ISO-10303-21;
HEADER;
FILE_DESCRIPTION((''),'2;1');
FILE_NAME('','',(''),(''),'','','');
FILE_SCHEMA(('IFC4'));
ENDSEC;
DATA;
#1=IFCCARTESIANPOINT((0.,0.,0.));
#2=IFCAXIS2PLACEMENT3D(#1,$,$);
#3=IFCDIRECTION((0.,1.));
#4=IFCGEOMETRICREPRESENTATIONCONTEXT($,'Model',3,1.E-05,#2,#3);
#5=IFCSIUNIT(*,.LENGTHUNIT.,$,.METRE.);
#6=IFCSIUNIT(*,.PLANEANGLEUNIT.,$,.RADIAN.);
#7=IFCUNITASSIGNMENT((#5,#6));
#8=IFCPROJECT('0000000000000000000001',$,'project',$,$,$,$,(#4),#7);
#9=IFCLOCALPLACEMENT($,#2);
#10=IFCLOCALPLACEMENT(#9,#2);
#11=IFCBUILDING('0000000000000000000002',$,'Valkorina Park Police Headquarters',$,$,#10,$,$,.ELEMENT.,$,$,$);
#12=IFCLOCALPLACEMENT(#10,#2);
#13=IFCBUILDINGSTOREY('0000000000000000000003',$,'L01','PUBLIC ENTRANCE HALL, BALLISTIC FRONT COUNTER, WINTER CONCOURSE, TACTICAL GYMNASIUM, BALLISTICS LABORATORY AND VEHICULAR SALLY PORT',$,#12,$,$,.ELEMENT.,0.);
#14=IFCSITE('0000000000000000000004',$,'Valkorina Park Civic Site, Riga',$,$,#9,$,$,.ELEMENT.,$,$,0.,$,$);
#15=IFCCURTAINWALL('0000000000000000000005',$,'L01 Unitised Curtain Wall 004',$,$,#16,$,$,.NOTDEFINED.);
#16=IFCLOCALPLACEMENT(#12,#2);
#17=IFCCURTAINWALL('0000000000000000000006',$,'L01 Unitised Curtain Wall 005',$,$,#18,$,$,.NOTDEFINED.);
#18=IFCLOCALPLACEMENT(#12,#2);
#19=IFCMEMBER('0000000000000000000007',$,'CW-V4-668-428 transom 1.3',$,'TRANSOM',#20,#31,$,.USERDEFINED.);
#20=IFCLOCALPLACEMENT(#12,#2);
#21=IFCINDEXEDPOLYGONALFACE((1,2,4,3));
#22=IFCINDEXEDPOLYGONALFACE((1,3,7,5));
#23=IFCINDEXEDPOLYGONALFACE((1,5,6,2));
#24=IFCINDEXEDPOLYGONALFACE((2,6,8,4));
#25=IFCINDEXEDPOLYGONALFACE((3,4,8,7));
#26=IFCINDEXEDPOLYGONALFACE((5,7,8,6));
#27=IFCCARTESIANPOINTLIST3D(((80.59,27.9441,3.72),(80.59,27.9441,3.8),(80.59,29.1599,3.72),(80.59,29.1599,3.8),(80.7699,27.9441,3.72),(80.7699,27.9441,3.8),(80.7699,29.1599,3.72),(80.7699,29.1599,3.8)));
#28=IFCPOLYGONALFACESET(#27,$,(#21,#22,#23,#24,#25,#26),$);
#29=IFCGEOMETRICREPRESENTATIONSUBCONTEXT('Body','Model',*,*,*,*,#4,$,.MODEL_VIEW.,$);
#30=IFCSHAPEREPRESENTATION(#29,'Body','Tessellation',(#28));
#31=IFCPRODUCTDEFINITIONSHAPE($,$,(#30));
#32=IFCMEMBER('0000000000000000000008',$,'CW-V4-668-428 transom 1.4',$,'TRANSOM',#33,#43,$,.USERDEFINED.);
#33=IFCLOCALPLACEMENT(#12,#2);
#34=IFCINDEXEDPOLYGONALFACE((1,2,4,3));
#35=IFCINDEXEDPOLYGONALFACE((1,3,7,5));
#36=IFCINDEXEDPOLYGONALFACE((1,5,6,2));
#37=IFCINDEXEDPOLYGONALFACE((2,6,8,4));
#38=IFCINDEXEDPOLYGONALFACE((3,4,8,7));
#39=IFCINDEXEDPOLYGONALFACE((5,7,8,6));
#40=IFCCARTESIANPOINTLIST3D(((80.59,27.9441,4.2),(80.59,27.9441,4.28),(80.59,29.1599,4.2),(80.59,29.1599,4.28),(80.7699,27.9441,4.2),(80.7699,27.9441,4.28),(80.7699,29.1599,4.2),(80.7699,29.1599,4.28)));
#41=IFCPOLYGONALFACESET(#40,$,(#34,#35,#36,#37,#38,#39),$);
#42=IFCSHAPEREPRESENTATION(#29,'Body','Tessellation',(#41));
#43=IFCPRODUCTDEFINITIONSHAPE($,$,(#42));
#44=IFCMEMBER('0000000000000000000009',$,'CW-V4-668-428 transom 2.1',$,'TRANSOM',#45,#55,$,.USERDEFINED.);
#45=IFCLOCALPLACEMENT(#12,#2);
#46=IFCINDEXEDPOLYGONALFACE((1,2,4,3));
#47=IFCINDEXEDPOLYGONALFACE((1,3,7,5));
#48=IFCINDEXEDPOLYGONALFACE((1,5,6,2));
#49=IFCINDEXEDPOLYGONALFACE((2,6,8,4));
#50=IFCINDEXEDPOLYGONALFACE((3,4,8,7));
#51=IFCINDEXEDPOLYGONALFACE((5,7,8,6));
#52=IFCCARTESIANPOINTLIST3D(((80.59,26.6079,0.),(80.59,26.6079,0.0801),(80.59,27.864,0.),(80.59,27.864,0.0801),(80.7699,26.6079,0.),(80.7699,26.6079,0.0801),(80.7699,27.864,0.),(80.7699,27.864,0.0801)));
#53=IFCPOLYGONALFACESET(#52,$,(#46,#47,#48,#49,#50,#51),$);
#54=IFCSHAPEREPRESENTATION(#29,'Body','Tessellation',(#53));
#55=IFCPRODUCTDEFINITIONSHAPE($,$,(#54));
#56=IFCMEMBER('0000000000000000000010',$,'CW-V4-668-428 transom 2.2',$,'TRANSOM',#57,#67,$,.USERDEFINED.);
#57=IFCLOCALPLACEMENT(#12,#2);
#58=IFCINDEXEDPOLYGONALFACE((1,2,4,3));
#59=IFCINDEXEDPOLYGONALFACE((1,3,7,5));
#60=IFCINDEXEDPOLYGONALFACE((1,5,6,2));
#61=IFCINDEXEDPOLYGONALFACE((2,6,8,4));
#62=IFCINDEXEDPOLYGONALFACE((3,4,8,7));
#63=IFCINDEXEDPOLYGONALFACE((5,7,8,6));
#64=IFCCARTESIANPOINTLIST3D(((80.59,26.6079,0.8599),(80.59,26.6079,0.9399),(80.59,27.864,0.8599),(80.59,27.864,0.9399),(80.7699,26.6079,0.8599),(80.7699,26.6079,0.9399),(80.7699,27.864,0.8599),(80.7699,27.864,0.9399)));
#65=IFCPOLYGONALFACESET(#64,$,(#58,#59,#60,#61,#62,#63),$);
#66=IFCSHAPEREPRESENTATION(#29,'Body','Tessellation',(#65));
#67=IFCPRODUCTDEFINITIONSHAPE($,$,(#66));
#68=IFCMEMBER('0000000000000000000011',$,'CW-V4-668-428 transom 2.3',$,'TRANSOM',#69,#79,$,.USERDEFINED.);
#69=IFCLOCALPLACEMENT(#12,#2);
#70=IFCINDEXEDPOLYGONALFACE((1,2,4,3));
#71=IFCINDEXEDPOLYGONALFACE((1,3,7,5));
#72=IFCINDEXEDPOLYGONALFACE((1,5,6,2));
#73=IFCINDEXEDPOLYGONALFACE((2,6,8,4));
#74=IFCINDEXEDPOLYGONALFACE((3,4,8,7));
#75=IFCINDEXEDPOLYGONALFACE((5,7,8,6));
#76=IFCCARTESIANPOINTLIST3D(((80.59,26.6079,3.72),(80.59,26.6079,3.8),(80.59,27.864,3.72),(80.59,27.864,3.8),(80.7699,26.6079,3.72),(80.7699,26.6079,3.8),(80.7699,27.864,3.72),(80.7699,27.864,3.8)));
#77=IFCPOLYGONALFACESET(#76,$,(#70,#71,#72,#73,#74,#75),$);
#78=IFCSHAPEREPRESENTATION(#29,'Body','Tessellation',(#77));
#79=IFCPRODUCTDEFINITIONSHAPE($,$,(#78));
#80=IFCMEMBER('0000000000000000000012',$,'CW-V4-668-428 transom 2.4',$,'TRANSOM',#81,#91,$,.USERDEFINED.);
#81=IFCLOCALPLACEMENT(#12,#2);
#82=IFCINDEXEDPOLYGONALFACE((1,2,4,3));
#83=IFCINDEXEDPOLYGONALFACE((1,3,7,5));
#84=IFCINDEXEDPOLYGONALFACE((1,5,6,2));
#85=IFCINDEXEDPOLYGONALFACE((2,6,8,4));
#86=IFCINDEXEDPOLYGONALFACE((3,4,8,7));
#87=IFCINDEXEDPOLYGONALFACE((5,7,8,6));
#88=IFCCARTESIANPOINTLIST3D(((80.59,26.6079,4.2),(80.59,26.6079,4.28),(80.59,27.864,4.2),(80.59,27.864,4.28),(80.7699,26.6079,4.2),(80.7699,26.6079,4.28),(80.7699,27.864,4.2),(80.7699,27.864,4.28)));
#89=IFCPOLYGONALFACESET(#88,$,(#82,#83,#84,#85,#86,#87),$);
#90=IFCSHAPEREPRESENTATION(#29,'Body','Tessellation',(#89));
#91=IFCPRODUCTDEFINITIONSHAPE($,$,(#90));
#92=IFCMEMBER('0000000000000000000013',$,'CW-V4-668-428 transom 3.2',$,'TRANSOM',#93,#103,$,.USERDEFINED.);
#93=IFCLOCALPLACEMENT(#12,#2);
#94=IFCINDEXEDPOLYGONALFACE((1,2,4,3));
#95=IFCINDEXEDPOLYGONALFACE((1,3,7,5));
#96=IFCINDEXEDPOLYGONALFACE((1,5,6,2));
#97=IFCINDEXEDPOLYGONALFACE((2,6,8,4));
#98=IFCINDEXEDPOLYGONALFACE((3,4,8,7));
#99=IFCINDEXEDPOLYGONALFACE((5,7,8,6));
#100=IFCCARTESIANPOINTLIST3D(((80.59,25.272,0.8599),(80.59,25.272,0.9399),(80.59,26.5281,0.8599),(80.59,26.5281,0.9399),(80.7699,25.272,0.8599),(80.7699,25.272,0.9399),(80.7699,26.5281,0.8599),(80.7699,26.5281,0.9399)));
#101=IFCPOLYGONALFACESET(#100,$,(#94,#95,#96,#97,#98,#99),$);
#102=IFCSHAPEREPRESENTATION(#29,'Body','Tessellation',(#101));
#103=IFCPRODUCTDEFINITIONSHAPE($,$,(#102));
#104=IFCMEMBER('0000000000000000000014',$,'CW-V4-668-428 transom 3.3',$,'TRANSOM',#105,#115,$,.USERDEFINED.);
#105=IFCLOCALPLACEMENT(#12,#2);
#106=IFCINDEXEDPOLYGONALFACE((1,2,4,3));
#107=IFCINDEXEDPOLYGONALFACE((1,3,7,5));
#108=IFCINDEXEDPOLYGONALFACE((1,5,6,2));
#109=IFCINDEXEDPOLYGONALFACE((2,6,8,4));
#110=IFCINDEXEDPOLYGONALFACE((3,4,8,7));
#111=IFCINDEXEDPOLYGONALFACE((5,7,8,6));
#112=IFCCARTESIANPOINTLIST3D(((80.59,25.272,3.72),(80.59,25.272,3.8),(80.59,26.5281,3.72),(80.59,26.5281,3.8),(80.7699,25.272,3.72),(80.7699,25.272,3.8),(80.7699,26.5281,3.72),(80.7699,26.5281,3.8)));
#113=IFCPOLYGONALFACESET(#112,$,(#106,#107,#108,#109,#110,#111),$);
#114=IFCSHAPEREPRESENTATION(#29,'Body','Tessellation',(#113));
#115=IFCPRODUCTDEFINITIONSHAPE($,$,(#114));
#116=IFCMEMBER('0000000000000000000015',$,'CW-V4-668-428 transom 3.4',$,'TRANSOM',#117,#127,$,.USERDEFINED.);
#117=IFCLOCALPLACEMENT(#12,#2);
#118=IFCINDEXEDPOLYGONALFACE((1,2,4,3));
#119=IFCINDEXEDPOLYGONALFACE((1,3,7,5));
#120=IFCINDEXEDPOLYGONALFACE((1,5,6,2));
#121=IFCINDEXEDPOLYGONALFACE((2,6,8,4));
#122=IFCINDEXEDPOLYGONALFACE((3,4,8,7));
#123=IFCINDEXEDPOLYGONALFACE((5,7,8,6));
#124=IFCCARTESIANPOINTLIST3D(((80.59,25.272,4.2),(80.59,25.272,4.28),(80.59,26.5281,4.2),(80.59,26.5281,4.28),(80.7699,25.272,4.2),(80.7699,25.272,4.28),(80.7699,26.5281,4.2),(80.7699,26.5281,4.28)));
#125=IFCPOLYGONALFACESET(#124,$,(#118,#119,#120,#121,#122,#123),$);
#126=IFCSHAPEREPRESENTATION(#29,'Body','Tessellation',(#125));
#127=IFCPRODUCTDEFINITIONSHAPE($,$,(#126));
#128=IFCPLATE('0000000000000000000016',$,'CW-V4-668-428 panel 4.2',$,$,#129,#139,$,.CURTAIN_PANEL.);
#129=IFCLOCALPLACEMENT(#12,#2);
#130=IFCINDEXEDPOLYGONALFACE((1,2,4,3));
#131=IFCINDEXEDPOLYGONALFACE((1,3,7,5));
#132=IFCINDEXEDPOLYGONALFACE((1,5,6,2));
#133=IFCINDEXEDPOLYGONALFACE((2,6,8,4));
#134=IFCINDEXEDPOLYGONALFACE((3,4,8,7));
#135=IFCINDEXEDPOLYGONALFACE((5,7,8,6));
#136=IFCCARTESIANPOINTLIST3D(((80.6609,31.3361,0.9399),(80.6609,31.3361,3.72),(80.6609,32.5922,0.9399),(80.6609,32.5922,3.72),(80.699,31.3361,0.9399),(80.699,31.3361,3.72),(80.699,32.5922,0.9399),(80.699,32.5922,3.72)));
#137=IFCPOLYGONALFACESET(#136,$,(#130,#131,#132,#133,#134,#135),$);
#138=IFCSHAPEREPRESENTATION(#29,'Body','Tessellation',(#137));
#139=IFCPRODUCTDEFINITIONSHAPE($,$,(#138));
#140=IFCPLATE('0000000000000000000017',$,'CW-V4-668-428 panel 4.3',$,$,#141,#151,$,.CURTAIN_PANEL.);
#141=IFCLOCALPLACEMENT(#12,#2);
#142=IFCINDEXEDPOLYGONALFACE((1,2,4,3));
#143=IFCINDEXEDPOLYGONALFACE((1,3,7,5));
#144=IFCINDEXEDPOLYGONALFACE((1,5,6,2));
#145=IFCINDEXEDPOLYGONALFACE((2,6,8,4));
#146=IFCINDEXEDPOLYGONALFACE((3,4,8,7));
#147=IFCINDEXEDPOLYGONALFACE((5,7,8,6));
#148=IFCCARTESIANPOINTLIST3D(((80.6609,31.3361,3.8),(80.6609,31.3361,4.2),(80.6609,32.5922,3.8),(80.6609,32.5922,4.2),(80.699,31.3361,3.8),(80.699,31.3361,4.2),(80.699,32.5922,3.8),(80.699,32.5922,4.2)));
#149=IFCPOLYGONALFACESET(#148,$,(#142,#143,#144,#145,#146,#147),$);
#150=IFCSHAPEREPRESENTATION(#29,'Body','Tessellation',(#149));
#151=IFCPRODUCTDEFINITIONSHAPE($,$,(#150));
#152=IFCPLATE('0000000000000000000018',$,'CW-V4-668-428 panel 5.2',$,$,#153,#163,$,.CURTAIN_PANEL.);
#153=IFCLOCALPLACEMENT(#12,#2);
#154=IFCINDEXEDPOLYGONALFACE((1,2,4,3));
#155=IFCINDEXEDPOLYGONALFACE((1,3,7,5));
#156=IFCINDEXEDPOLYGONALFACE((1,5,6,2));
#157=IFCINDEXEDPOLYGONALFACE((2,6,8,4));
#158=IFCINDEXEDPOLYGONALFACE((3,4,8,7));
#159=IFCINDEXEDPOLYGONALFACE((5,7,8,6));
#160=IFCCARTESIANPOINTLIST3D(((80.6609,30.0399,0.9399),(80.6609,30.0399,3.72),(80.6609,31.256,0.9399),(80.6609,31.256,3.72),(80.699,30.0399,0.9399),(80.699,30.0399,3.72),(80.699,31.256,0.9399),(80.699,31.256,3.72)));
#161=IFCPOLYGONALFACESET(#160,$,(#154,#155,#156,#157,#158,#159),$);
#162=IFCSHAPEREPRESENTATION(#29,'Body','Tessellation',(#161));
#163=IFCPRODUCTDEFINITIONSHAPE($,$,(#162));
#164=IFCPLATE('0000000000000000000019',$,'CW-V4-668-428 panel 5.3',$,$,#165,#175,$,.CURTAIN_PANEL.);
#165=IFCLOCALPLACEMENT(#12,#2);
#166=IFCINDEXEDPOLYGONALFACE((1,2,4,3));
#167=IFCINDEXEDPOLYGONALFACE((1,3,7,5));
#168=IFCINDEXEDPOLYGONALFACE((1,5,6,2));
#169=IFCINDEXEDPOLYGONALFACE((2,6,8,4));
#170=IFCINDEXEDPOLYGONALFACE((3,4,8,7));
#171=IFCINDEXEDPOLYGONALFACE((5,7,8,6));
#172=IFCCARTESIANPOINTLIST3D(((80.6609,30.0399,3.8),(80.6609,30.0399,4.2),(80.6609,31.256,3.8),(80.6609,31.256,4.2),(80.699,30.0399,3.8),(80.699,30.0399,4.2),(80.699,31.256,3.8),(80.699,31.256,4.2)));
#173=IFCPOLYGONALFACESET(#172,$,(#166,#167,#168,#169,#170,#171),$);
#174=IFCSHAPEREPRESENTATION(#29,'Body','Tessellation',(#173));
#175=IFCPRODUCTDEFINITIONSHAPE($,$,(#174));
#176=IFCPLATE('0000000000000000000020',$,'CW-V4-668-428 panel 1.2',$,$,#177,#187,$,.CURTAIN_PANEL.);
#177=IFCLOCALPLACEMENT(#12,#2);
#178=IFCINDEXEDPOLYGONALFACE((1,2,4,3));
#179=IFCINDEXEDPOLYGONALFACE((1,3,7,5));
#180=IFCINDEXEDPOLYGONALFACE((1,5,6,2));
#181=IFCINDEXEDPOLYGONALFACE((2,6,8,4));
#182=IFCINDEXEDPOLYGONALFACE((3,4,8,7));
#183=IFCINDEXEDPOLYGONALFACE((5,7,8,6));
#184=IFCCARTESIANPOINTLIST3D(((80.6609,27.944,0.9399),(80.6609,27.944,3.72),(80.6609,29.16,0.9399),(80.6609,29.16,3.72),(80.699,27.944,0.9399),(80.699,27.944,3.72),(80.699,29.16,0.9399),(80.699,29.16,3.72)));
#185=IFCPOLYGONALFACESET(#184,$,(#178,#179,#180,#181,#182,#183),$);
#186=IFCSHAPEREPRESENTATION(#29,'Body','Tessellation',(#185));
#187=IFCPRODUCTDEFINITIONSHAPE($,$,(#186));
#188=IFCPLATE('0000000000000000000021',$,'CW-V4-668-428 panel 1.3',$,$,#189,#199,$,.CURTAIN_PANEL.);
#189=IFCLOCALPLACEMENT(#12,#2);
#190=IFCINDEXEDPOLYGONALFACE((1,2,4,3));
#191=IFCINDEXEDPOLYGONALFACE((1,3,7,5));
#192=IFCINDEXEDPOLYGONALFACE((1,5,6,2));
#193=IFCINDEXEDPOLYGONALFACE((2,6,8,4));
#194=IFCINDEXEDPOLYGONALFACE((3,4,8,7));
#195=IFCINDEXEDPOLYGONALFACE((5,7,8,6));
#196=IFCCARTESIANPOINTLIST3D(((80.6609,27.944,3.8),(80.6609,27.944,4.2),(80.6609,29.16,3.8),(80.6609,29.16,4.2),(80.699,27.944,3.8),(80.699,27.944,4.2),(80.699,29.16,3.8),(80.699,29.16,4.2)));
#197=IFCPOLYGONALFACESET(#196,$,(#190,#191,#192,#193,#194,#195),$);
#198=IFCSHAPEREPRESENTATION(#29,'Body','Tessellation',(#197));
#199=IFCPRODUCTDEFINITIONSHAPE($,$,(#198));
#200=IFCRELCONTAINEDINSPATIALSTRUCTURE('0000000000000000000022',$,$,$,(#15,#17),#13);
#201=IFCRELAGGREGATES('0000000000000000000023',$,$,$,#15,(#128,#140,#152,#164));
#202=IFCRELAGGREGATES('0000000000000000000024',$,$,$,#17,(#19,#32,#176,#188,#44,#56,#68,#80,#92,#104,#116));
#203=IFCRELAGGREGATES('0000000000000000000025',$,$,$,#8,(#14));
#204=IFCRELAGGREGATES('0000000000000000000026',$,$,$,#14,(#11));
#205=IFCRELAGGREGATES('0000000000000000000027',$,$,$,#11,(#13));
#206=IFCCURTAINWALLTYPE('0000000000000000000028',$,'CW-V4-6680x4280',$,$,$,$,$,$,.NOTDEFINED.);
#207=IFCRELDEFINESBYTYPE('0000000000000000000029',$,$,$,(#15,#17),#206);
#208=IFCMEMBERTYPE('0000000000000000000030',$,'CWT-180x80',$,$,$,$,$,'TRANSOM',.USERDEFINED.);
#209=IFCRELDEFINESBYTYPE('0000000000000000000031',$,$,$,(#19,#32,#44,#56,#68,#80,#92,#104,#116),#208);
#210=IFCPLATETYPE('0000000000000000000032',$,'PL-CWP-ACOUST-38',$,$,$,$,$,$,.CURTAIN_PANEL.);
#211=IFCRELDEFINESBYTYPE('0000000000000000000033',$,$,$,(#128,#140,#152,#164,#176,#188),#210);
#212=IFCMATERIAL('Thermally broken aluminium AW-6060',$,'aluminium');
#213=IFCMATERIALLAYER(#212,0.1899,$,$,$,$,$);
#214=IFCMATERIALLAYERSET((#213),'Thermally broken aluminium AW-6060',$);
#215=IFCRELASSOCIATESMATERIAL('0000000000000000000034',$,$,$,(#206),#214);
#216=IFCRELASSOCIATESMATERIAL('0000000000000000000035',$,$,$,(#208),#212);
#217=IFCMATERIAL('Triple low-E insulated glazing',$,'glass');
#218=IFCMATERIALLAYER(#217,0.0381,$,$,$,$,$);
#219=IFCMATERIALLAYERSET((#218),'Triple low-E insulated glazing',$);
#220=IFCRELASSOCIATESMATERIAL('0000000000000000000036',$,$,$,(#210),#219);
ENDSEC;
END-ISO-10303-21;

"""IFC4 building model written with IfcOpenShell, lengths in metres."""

from ifc_helpers import new_model, si_unit, direction, frame, origin, origin_2d, place, context, subcontext, project, spatial, rectangle, extrude, material, layer, layer_set, material_profile, profile_set, type_object, element, aggregate, save


model = new_model("IFC4")

# Units and contexts
model_context = context("Model", 3, precision=1e-05, world=origin(), true_north=direction((0.0, 1.0)))
body_context = subcontext(model_context, "Body", "Model", "MODEL_VIEW")
ifc_project = project(units=[si_unit("LENGTHUNIT", "METRE"), si_unit("PLANEANGLEUNIT", "RADIAN")], contexts=[model_context])

# Site, building, storey
site_placement = place(None, origin())
site = spatial("IfcSite", under=ifc_project, at=site_placement, Name="Valkorina Park Civic Site, Riga", CompositionType="ELEMENT", RefElevation=0.0)
building_placement = place(site_placement, origin())
building = spatial("IfcBuilding", under=site, at=building_placement, Name="Valkorina Park Police Headquarters", CompositionType="ELEMENT")
storey_placement = place(building_placement, origin())
storey = spatial("IfcBuildingStorey", under=building, at=storey_placement, Name="L01", Description="PUBLIC ENTRANCE HALL, BALLISTIC FRONT COUNTER, WINTER CONCOURSE, TACTICAL GYMNASIUM, BALLISTICS LABORATORY AND VEHICULAR SALLY PORT", CompositionType="ELEMENT", Elevation=0.0)

# Curtain walls
ifc_material_1 = material(Name="Thermally broken aluminium AW-6060", Category="aluminium")
ifc_layer_1 = layer(ifc_material_1, 0.1899)
ifc_layer_set_1 = layer_set([ifc_layer_1], Name="Thermally broken aluminium AW-6060")
curtain_wall_type = type_object("IfcCurtainWallType", Name="CW-V4-6680x4280", PredefinedType="NOTDEFINED", material=ifc_layer_set_1)
curtain_wall_1_placement = place(storey_placement, origin())
curtain_wall_1 = element("IfcCurtainWall", 1, at=curtain_wall_1_placement, inside=storey, type_object=curtain_wall_type, Name="L01 Unitised Curtain Wall 004", PredefinedType="NOTDEFINED")
curtain_wall_2_placement = place(storey_placement, origin())
curtain_wall_2 = element("IfcCurtainWall", 2, at=curtain_wall_2_placement, inside=storey, type_object=curtain_wall_type, Name="L01 Unitised Curtain Wall 005", PredefinedType="NOTDEFINED")

# Members
ifc_material_profile_1 = material_profile(ifc_material_1, rectangle(XDim=0.1799, YDim=0.0801, at=origin_2d()), Name="CWT-03 180x80")
ifc_profile_set_1 = profile_set([ifc_material_profile_1], Name="Thermally broken aluminium AW-6060")
member_type_1 = type_object("IfcMemberType", Name="CWT-180x80", ElementType="TRANSOM", PredefinedType="USERDEFINED", material=ifc_profile_set_1)
member_1_placement = place(storey_placement, frame((80.6799, 29.1599, 3.76), z_axis=(0.0, -1.0, 0.0), x_axis=(1.0, 0.0, 0.0)))
member_1 = element("IfcMember", 3, at=member_1_placement, type_object=member_type_1, Name="CW-V4-668-428 transom 1.3", ObjectType="TRANSOM", PredefinedType="USERDEFINED", context=body_context, shape_type="SweptSolid", body=[
    extrude(rectangle(XDim=0.1799, YDim=0.0801, at=origin_2d()), origin(), (0.0, 0.0, 1.0), 1.2158),
])
member_2_placement = place(storey_placement, frame((80.6799, 29.1599, 4.24), z_axis=(0.0, -1.0, 0.0), x_axis=(1.0, 0.0, 0.0)))
member_2 = element("IfcMember", 4, at=member_2_placement, type_object=member_type_1, Name="CW-V4-668-428 transom 1.4", ObjectType="TRANSOM", PredefinedType="USERDEFINED", context=body_context, shape_type="SweptSolid", body=[
    extrude(rectangle(XDim=0.1799, YDim=0.0801, at=origin_2d()), origin(), (0.0, 0.0, 1.0), 1.2158),
])
member_3_placement = place(storey_placement, frame((80.6799, 27.864, 0.04), z_axis=(0.0, -1.0, 0.0), x_axis=(1.0, 0.0, 0.0)))
member_3 = element("IfcMember", 5, at=member_3_placement, type_object=member_type_1, Name="CW-V4-668-428 transom 2.1", ObjectType="TRANSOM", PredefinedType="USERDEFINED", context=body_context, shape_type="SweptSolid", body=[
    extrude(rectangle(XDim=0.1799, YDim=0.0801, at=origin_2d()), origin(), (0.0, 0.0, 1.0), 1.2561),
])
member_4_placement = place(storey_placement, frame((80.6799, 27.864, 0.8999), z_axis=(0.0, -1.0, 0.0), x_axis=(1.0, 0.0, 0.0)))
member_4 = element("IfcMember", 6, at=member_4_placement, type_object=member_type_1, Name="CW-V4-668-428 transom 2.2", ObjectType="TRANSOM", PredefinedType="USERDEFINED", context=body_context, shape_type="SweptSolid", body=[
    extrude(rectangle(XDim=0.1799, YDim=0.0801, at=origin_2d()), origin(), (0.0, 0.0, 1.0), 1.2561),
])
member_5_placement = place(storey_placement, frame((80.6799, 27.864, 3.76), z_axis=(0.0, -1.0, 0.0), x_axis=(1.0, 0.0, 0.0)))
member_5 = element("IfcMember", 7, at=member_5_placement, type_object=member_type_1, Name="CW-V4-668-428 transom 2.3", ObjectType="TRANSOM", PredefinedType="USERDEFINED", context=body_context, shape_type="SweptSolid", body=[
    extrude(rectangle(XDim=0.1799, YDim=0.0801, at=origin_2d()), origin(), (0.0, 0.0, 1.0), 1.2561),
])
member_6_placement = place(storey_placement, frame((80.6799, 27.864, 4.24), z_axis=(0.0, -1.0, 0.0), x_axis=(1.0, 0.0, 0.0)))
member_6 = element("IfcMember", 8, at=member_6_placement, type_object=member_type_1, Name="CW-V4-668-428 transom 2.4", ObjectType="TRANSOM", PredefinedType="USERDEFINED", context=body_context, shape_type="SweptSolid", body=[
    extrude(rectangle(XDim=0.1799, YDim=0.0801, at=origin_2d()), origin(), (0.0, 0.0, 1.0), 1.2561),
])
member_7_placement = place(storey_placement, frame((80.6799, 26.5281, 0.8999), z_axis=(0.0, -1.0, 0.0), x_axis=(1.0, 0.0, 0.0)))
member_7 = element("IfcMember", 9, at=member_7_placement, type_object=member_type_1, Name="CW-V4-668-428 transom 3.2", ObjectType="TRANSOM", PredefinedType="USERDEFINED", context=body_context, shape_type="SweptSolid", body=[
    extrude(rectangle(XDim=0.1799, YDim=0.0801, at=origin_2d()), origin(), (0.0, 0.0, 1.0), 1.2561),
])
member_8_placement = place(storey_placement, frame((80.6799, 26.5281, 3.76), z_axis=(0.0, -1.0, 0.0), x_axis=(1.0, 0.0, 0.0)))
member_8 = element("IfcMember", 10, at=member_8_placement, type_object=member_type_1, Name="CW-V4-668-428 transom 3.3", ObjectType="TRANSOM", PredefinedType="USERDEFINED", context=body_context, shape_type="SweptSolid", body=[
    extrude(rectangle(XDim=0.1799, YDim=0.0801, at=origin_2d()), origin(), (0.0, 0.0, 1.0), 1.2561),
])
member_9_placement = place(storey_placement, frame((80.6799, 26.5281, 4.24), z_axis=(0.0, -1.0, 0.0), x_axis=(1.0, 0.0, 0.0)))
member_9 = element("IfcMember", 11, at=member_9_placement, type_object=member_type_1, Name="CW-V4-668-428 transom 3.4", ObjectType="TRANSOM", PredefinedType="USERDEFINED", context=body_context, shape_type="SweptSolid", body=[
    extrude(rectangle(XDim=0.1799, YDim=0.0801, at=origin_2d()), origin(), (0.0, 0.0, 1.0), 1.2561),
])

# Plates
ifc_material_2 = material(Name="Triple low-E insulated glazing", Category="glass")
ifc_layer_2 = layer(ifc_material_2, 0.0381)
ifc_layer_set_2 = layer_set([ifc_layer_2], Name="Triple low-E insulated glazing")
plate_type_1 = type_object("IfcPlateType", Name="PL-CWP-ACOUST-38", PredefinedType="CURTAIN_PANEL", material=ifc_layer_set_2)
plate_1_placement = place(storey_placement, frame((80.6799, 31.9641, 0.9399), z_axis=(0.0, 0.0, 1.0), x_axis=(0.0, -1.0, 0.0)))
plate_1 = element("IfcPlate", 12, at=plate_1_placement, type_object=plate_type_1, Name="CW-V4-668-428 panel 4.2", PredefinedType="CURTAIN_PANEL", context=body_context, shape_type="SweptSolid", body=[
    extrude(rectangle(XDim=1.2561, YDim=0.0381, at=origin_2d()), origin(), (0.0, 0.0, 1.0), 2.78),
])
plate_2_placement = place(storey_placement, frame((80.6799, 31.9641, 3.8), z_axis=(0.0, 0.0, 1.0), x_axis=(0.0, -1.0, 0.0)))
plate_2 = element("IfcPlate", 13, at=plate_2_placement, type_object=plate_type_1, Name="CW-V4-668-428 panel 4.3", PredefinedType="CURTAIN_PANEL", context=body_context, shape_type="SweptSolid", body=[
    extrude(rectangle(XDim=1.2561, YDim=0.0381, at=origin_2d()), origin(), (0.0, 0.0, 1.0), 0.3999),
])
plate_3_placement = place(storey_placement, frame((80.6799, 30.6479, 0.9399), z_axis=(0.0, 0.0, 1.0), x_axis=(0.0, -1.0, 0.0)))
plate_3 = element("IfcPlate", 14, at=plate_3_placement, type_object=plate_type_1, Name="CW-V4-668-428 panel 5.2", PredefinedType="CURTAIN_PANEL", context=body_context, shape_type="SweptSolid", body=[
    extrude(rectangle(XDim=1.2161, YDim=0.0381, at=origin_2d()), origin(), (0.0, 0.0, 1.0), 2.78),
])
plate_4_placement = place(storey_placement, frame((80.6799, 30.6479, 3.8), z_axis=(0.0, 0.0, 1.0), x_axis=(0.0, -1.0, 0.0)))
plate_4 = element("IfcPlate", 15, at=plate_4_placement, type_object=plate_type_1, Name="CW-V4-668-428 panel 5.3", PredefinedType="CURTAIN_PANEL", context=body_context, shape_type="SweptSolid", body=[
    extrude(rectangle(XDim=1.2161, YDim=0.0381, at=origin_2d()), origin(), (0.0, 0.0, 1.0), 0.3999),
])
plate_5_placement = place(storey_placement, frame((80.6799, 28.552, 0.9399), z_axis=(0.0, 0.0, 1.0), x_axis=(0.0, -1.0, 0.0)))
plate_5 = element("IfcPlate", 16, at=plate_5_placement, type_object=plate_type_1, Name="CW-V4-668-428 panel 1.2", PredefinedType="CURTAIN_PANEL", context=body_context, shape_type="SweptSolid", body=[
    extrude(rectangle(XDim=1.2161, YDim=0.0381, at=origin_2d()), origin(), (0.0, 0.0, 1.0), 2.78),
])
plate_6_placement = place(storey_placement, frame((80.6799, 28.552, 3.8), z_axis=(0.0, 0.0, 1.0), x_axis=(0.0, -1.0, 0.0)))
plate_6 = element("IfcPlate", 17, at=plate_6_placement, type_object=plate_type_1, Name="CW-V4-668-428 panel 1.3", PredefinedType="CURTAIN_PANEL", context=body_context, shape_type="SweptSolid", body=[
    extrude(rectangle(XDim=1.2161, YDim=0.0381, at=origin_2d()), origin(), (0.0, 0.0, 1.0), 0.3999),
])
aggregate(curtain_wall_1, [plate_1, plate_2, plate_3, plate_4])
aggregate(curtain_wall_2, [member_1, member_2, plate_5, plate_6, member_3, member_4, member_5, member_6, member_7, member_8, member_9])

save(model, "model.ifc")
